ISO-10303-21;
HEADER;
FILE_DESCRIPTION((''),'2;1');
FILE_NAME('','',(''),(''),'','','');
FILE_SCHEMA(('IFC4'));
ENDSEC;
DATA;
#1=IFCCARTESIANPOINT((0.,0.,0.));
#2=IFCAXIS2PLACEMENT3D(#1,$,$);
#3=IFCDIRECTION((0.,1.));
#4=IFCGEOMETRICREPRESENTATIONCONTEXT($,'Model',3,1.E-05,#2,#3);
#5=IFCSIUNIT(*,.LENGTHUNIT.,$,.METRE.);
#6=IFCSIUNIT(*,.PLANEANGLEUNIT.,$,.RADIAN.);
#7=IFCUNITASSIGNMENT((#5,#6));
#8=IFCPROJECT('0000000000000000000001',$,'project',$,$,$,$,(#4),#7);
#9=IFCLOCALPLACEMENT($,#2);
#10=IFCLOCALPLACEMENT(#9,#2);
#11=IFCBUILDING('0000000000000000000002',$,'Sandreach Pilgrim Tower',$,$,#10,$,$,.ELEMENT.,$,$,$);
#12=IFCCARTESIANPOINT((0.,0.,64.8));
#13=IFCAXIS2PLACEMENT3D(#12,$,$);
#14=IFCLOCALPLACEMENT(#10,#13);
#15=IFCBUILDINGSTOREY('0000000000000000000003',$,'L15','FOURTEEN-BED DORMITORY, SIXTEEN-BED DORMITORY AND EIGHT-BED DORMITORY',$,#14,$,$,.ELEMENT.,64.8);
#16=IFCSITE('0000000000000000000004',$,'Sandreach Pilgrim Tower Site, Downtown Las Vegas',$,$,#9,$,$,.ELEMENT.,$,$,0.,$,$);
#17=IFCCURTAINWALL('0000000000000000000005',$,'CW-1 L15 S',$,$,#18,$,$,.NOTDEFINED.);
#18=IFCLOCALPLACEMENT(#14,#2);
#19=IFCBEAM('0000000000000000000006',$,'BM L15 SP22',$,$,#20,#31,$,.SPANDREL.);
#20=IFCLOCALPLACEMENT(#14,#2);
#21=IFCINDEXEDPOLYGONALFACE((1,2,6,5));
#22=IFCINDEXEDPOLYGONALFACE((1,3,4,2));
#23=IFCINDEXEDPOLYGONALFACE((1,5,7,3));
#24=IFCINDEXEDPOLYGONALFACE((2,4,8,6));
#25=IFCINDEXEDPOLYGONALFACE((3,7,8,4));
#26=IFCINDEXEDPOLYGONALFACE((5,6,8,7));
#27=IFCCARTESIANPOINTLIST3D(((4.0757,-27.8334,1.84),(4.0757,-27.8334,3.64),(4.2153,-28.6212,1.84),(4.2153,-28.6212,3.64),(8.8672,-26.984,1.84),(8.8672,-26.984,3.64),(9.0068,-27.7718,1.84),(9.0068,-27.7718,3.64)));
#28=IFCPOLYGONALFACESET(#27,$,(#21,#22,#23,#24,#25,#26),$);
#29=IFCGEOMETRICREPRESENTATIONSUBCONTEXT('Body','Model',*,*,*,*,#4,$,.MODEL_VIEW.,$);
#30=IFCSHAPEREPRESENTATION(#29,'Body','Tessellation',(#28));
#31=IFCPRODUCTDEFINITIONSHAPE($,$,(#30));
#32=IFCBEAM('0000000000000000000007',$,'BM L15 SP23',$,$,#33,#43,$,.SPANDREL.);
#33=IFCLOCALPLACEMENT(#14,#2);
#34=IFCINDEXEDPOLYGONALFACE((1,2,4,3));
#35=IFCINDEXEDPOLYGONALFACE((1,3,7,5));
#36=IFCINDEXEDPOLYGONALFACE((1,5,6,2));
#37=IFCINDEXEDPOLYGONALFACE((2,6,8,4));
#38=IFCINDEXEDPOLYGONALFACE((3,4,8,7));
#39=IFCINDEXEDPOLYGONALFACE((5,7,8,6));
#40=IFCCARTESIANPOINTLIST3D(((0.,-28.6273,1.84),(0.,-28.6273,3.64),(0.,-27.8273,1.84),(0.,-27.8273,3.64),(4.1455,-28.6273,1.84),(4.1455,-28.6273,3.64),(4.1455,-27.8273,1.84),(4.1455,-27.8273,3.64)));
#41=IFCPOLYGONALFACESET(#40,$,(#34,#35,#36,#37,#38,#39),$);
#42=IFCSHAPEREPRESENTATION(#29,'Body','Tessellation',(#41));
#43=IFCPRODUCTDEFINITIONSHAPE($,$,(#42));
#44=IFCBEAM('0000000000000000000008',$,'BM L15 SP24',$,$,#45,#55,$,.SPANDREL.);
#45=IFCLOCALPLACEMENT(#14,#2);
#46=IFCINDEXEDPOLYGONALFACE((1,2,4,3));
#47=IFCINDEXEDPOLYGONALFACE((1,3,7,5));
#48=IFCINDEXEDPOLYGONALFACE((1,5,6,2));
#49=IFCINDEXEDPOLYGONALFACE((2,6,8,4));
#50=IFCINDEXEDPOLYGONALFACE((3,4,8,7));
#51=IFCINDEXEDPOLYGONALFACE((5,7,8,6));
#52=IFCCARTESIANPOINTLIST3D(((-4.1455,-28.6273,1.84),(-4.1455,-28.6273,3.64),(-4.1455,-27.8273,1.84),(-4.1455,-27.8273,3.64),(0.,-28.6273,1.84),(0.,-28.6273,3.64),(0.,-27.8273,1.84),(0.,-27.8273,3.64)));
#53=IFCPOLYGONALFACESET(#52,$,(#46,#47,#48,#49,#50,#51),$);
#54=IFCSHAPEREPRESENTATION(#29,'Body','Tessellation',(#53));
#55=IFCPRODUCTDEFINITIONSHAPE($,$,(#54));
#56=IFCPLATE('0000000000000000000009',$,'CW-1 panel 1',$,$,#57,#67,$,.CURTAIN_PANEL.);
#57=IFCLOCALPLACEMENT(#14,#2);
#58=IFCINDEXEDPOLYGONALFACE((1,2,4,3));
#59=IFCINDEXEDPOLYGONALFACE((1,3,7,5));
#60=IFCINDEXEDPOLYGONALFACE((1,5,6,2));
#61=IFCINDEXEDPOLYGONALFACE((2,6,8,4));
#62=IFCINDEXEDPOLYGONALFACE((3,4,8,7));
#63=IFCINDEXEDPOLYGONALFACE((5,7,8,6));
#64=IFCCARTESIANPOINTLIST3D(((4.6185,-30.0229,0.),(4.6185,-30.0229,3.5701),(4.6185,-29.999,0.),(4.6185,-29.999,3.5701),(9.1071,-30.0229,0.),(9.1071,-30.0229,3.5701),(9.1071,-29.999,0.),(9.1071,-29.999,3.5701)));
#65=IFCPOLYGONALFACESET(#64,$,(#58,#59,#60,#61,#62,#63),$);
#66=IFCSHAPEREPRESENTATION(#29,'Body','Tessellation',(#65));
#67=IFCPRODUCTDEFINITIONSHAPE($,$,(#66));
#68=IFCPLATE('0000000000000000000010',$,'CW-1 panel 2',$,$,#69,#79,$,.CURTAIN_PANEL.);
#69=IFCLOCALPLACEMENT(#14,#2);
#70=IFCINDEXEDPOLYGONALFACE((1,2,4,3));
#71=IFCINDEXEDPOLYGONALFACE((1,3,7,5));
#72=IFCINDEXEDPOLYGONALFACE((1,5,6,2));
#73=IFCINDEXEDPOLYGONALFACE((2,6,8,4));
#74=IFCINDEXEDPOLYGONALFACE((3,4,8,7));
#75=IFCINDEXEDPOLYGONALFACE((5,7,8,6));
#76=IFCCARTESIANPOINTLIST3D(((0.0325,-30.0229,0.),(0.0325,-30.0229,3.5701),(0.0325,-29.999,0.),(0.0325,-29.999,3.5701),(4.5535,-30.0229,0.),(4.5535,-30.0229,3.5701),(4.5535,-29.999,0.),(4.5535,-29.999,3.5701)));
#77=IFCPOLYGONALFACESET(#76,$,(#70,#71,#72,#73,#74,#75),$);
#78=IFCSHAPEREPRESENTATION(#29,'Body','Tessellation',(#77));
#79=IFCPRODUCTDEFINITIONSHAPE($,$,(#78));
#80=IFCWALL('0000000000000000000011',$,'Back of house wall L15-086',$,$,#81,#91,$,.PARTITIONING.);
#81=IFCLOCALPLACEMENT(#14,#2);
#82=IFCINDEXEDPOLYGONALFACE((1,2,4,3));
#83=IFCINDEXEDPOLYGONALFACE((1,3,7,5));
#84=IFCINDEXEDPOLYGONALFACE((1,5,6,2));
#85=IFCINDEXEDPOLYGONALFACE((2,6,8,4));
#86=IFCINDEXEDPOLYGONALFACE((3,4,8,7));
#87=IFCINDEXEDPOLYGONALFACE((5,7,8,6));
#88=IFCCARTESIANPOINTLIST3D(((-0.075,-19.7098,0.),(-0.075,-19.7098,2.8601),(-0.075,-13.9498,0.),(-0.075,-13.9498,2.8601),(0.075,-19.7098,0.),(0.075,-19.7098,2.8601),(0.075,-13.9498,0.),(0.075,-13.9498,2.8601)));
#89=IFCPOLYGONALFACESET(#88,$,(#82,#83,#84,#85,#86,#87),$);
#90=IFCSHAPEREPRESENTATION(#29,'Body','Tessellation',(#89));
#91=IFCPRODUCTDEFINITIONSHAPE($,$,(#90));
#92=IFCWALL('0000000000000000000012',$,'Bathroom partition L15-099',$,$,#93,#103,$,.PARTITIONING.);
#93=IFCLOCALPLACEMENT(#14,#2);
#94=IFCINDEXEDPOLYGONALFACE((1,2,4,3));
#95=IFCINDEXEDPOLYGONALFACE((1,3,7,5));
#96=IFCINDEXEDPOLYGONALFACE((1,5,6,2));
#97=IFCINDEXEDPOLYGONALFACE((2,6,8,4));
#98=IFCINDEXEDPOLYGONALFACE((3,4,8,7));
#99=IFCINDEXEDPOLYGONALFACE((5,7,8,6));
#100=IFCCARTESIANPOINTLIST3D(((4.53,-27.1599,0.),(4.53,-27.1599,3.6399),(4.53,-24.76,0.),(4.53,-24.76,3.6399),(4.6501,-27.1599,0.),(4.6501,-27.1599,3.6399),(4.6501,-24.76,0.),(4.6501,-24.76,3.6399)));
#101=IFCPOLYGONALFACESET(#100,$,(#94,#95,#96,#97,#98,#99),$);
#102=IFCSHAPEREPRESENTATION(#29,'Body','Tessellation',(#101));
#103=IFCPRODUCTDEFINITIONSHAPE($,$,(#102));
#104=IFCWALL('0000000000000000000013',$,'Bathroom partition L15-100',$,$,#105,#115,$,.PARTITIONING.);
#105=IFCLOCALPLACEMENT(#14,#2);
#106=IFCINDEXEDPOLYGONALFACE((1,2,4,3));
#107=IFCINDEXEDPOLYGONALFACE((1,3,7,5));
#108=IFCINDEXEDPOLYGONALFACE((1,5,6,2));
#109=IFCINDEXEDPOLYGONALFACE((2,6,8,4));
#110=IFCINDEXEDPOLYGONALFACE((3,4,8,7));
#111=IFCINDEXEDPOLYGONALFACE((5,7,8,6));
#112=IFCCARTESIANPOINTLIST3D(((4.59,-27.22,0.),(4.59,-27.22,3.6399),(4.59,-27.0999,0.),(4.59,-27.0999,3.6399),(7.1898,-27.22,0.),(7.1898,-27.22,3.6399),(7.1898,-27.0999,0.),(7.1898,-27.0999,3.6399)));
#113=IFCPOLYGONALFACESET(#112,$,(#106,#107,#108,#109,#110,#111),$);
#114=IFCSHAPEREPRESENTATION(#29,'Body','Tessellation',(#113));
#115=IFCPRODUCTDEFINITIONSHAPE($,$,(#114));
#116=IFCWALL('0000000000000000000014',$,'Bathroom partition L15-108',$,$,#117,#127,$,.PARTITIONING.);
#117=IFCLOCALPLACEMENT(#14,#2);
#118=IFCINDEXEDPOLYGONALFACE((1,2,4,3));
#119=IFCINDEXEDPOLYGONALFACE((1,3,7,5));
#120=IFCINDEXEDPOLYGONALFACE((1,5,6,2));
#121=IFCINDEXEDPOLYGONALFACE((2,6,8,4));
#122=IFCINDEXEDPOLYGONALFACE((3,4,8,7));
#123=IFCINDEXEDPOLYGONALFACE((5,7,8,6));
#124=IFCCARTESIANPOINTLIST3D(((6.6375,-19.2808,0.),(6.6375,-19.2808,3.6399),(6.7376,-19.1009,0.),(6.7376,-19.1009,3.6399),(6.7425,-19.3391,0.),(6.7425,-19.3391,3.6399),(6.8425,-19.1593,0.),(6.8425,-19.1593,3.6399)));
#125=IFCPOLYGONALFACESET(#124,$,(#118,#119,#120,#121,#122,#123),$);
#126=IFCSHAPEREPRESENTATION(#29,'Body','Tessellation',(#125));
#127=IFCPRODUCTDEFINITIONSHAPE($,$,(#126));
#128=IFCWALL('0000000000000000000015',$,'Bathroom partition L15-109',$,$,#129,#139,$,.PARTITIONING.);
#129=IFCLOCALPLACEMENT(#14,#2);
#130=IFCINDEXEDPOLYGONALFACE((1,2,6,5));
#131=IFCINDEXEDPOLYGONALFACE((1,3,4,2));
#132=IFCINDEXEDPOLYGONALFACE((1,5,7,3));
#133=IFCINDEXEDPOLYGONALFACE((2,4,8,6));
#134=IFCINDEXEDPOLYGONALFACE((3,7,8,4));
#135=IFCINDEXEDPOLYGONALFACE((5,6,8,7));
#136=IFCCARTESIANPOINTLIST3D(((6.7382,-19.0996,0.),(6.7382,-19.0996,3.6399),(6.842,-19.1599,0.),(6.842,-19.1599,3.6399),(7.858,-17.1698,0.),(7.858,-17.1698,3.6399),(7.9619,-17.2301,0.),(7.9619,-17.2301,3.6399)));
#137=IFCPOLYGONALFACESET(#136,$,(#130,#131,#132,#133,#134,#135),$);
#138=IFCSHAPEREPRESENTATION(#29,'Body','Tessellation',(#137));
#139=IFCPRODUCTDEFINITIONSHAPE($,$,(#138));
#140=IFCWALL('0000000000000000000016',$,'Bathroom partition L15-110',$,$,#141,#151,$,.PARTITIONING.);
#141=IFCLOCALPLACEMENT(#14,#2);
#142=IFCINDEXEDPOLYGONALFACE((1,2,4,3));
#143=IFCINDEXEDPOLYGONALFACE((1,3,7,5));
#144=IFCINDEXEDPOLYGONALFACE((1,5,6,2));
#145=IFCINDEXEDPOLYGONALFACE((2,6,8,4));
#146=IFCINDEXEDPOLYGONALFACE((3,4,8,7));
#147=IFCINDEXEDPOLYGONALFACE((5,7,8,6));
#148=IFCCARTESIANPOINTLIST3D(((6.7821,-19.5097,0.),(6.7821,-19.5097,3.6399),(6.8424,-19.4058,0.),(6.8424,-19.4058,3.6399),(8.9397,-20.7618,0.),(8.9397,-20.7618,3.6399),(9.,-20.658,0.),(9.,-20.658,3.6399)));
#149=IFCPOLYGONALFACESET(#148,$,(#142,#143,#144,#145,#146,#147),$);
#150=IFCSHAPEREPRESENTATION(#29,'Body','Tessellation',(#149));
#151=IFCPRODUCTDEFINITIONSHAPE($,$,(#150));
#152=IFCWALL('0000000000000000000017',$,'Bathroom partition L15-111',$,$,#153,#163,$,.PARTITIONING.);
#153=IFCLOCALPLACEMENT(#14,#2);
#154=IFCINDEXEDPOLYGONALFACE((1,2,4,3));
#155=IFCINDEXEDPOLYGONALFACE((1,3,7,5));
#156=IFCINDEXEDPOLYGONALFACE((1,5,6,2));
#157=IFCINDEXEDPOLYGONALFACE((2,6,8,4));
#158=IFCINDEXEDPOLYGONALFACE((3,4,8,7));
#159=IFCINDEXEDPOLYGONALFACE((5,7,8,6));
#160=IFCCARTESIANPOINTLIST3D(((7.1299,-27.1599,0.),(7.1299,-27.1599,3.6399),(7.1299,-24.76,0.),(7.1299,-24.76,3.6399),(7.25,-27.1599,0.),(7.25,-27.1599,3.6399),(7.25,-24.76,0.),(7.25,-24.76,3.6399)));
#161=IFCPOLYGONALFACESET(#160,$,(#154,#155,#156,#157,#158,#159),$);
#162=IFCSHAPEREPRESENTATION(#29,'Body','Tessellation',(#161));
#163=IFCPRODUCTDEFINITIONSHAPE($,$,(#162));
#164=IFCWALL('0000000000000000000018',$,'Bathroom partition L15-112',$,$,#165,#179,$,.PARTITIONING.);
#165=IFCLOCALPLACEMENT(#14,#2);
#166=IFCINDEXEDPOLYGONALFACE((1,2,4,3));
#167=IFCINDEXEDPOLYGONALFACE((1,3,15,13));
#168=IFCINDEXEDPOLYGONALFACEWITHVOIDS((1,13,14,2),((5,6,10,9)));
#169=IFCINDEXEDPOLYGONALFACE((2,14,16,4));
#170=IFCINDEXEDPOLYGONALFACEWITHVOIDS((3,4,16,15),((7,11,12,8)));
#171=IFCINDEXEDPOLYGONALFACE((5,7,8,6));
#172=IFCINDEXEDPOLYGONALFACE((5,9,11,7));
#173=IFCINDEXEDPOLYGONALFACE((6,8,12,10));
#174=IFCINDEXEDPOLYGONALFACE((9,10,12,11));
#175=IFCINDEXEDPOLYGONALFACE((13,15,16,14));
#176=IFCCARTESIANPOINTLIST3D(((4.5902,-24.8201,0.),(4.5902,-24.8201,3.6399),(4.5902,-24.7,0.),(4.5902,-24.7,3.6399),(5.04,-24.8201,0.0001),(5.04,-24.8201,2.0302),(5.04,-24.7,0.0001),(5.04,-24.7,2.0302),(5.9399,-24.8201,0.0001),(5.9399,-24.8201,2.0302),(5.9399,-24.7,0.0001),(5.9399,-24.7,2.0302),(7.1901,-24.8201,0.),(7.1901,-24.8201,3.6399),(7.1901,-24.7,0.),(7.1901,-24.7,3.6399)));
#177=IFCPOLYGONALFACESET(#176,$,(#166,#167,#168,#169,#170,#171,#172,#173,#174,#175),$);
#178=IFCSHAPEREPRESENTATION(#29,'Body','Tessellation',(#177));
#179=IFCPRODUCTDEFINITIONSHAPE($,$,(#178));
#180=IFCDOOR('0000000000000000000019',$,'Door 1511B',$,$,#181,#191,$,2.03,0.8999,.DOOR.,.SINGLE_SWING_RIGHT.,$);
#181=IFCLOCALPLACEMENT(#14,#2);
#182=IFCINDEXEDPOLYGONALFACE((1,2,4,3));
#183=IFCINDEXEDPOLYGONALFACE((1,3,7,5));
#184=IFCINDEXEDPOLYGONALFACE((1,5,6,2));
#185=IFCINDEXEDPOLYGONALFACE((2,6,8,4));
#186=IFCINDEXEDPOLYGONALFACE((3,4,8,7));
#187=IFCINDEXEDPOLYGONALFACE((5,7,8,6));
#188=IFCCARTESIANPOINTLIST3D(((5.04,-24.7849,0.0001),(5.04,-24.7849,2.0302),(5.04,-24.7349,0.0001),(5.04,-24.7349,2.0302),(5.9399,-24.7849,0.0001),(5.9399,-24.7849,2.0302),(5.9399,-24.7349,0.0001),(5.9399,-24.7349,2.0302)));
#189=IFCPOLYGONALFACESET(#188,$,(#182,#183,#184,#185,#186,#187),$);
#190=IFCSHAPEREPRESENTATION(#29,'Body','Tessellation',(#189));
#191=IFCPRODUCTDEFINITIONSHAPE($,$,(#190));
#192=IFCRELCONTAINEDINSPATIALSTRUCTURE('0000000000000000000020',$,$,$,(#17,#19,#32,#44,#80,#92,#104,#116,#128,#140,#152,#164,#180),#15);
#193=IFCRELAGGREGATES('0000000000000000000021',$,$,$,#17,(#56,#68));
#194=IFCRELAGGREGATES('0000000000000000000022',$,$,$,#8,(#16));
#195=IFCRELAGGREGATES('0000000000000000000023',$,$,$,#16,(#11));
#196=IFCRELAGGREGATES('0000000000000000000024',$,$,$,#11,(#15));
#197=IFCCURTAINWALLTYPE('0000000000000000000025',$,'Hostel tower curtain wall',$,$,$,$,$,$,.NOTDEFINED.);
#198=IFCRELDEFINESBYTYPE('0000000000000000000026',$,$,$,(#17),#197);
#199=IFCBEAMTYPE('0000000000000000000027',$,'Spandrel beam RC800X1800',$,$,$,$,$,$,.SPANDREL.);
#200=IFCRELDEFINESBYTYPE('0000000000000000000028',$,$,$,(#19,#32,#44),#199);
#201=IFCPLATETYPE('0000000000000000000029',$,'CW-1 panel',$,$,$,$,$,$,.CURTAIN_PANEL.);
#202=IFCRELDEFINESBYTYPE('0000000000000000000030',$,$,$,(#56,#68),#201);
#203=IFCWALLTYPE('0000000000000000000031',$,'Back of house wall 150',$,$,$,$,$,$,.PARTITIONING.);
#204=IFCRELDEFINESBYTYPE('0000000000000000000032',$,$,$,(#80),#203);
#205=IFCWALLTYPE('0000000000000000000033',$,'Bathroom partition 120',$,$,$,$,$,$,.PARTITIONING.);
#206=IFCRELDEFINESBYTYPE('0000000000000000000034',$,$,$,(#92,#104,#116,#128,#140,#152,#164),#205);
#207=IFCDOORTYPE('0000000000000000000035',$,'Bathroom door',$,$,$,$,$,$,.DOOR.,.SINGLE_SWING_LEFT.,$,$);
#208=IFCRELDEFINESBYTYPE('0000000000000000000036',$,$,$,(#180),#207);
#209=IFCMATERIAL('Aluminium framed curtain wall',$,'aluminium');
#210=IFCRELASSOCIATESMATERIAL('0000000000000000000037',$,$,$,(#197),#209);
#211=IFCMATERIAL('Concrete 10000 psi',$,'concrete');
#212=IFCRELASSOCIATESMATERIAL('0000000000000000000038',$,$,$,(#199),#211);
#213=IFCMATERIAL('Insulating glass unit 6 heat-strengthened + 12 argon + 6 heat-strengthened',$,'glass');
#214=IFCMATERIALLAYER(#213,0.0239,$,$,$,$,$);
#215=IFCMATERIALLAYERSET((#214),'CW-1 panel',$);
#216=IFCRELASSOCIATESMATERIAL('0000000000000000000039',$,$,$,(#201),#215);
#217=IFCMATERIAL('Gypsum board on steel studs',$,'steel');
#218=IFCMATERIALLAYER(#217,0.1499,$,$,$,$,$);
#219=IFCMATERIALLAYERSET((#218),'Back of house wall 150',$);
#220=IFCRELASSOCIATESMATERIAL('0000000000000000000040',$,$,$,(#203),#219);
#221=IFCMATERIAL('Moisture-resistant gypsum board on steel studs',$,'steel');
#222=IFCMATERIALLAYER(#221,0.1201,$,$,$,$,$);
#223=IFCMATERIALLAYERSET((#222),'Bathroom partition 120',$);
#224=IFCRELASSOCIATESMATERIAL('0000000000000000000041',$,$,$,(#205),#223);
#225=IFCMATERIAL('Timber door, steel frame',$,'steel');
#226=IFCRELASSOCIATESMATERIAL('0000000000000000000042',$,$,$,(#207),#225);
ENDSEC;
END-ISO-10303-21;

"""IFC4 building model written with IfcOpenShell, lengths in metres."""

from ifc_helpers import new_model, si_unit, direction, frame, frame_2d, origin, origin_2d, place, context, subcontext, project, spatial, rectangle, extrude, material, layer, layer_set, material_profile, profile_set, type_object, element, fill, aggregate, save


model = new_model("IFC4")

# Units and contexts
model_context = context("Model", 3, precision=1e-05, world=origin(), true_north=direction((0.0, 1.0)))
body_context = subcontext(model_context, "Body", "Model", "MODEL_VIEW")
ifc_project = project(units=[si_unit("LENGTHUNIT", "METRE"), si_unit("PLANEANGLEUNIT", "RADIAN")], contexts=[model_context])

# Site, building, storey
site_placement = place(None, origin())
site = spatial("IfcSite", under=ifc_project, at=site_placement, Name="Sandreach Pilgrim Tower Site, Downtown Las Vegas", CompositionType="ELEMENT", RefElevation=0.0)
building_placement = place(site_placement, origin())
building = spatial("IfcBuilding", under=site, at=building_placement, Name="Sandreach Pilgrim Tower", CompositionType="ELEMENT")
storey_placement = place(building_placement, frame((0.0, 0.0, 64.8)))
storey = spatial("IfcBuildingStorey", under=building, at=storey_placement, Name="L15", Description="FOURTEEN-BED DORMITORY, SIXTEEN-BED DORMITORY AND EIGHT-BED DORMITORY", CompositionType="ELEMENT", Elevation=64.8)

# Curtain wall
ifc_material_1 = material(Name="Aluminium framed curtain wall", Category="aluminium")
curtain_wall_type = type_object("IfcCurtainWallType", Name="Hostel tower curtain wall", PredefinedType="NOTDEFINED", material=ifc_material_1)
curtain_wall_placement = place(storey_placement, origin())
curtain_wall = element("IfcCurtainWall", 1, at=curtain_wall_placement, inside=storey, type_object=curtain_wall_type, Name="CW-1 L15 S", PredefinedType="NOTDEFINED")

# Beams
ifc_material_2 = material(Name="Concrete 10000 psi", Category="concrete")
ifc_material_profile_1 = material_profile(ifc_material_2, rectangle(XDim=0.8, YDim=1.8, at=origin_2d()), Name="RC800X1800")
ifc_profile_set_1 = profile_set([ifc_material_profile_1], Name="Concrete 10000 psi")
beam_type_1 = type_object("IfcBeamType", Name="Spandrel beam RC800X1800", PredefinedType="SPANDREL", material=ifc_profile_set_1)
beam_1_placement = place(storey_placement, frame((8.937, -27.3779, 2.74), z_axis=(-0.984649, -0.174544, 0.0), x_axis=(0.174544, -0.984649, 0.0)))
element("IfcBeam", 2, at=beam_1_placement, inside=storey, type_object=beam_type_1, Name="BM L15 SP22", PredefinedType="SPANDREL", context=body_context, shape_type="SweptSolid", body=[
    extrude(rectangle(XDim=0.8, YDim=1.8, at=origin_2d()), origin(), (0.0, 0.0, 1.0), 4.8662),
])
for number, where, z_axis, x_axis, name in (
    (3, (4.1455, -28.2273, 2.74), (-1.0, 0.0, 0.0), (0.0, -1.0, 0.0), "BM L15 SP23"),
    (4, (0.0, -28.2273, 2.74), (-1.0, 0.0, 0.0), (0.0, -1.0, 0.0), "BM L15 SP24"),
):
    element("IfcBeam", number, at=place(storey_placement, frame(where, z_axis=z_axis, x_axis=x_axis)), inside=storey, type_object=beam_type_1, Name=name, PredefinedType="SPANDREL", context=body_context, shape_type="SweptSolid", body=[
        extrude(rectangle(XDim=0.8, YDim=1.8, at=origin_2d()), origin(), (0.0, 0.0, 1.0), 4.1455),
    ])

# Plates
ifc_material_3 = material(Name="Insulating glass unit 6 heat-strengthened + 12 argon + 6 heat-strengthened", Category="glass")
ifc_layer_1 = layer(ifc_material_3, 0.0239)
ifc_layer_set_1 = layer_set([ifc_layer_1], Name="CW-1 panel")
plate_type = type_object("IfcPlateType", Name="CW-1 panel", PredefinedType="CURTAIN_PANEL", material=ifc_layer_set_1)
plate_1_placement = place(storey_placement, frame((6.8628, -30.011, 0.0), z_axis=(0.0, 0.0, 1.0), x_axis=(-1.0, 0.0, 0.0)))
plate_1 = element("IfcPlate", 5, at=plate_1_placement, type_object=plate_type, Name="CW-1 panel 1", PredefinedType="CURTAIN_PANEL", context=body_context, shape_type="SweptSolid", body=[
    extrude(rectangle(XDim=4.4885, YDim=0.0239, at=origin_2d()), origin(), (0.0, 0.0, 1.0), 3.5701),
])
plate_2_placement = place(storey_placement, frame((2.293, -30.011, 0.0), z_axis=(0.0, 0.0, 1.0), x_axis=(-1.0, 0.0, 0.0)))
plate_2 = element("IfcPlate", 6, at=plate_2_placement, type_object=plate_type, Name="CW-1 panel 2", PredefinedType="CURTAIN_PANEL", context=body_context, shape_type="SweptSolid", body=[
    extrude(rectangle(XDim=4.521, YDim=0.0239, at=origin_2d()), origin(), (0.0, 0.0, 1.0), 3.5701),
])
aggregate(curtain_wall, [plate_1, plate_2])

# Walls
ifc_material_4 = material(Name="Gypsum board on steel studs", Category="steel")
ifc_layer_2 = layer(ifc_material_4, 0.1499)
ifc_layer_set_2 = layer_set([ifc_layer_2], Name="Back of house wall 150")
wall_type_1 = type_object("IfcWallType", Name="Back of house wall 150", PredefinedType="PARTITIONING", material=ifc_layer_set_2)
wall_1_placement = place(storey_placement, frame((0.0, -13.95, 0.0), z_axis=(0.0, 0.0, 1.0), x_axis=(0.0, -1.0, 0.0)))
element("IfcWall", 7, at=wall_1_placement, inside=storey, type_object=wall_type_1, Name="Back of house wall L15-086", PredefinedType="PARTITIONING", context=body_context, shape_type="SweptSolid", body=[
    extrude(rectangle(XDim=5.76, YDim=0.1499, at=frame_2d((2.8799, 0.0))), origin(), (0.0, 0.0, 1.0), 2.8601),
])
ifc_material_5 = material(Name="Moisture-resistant gypsum board on steel studs", Category="steel")
ifc_layer_3 = layer(ifc_material_5, 0.1201)
ifc_layer_set_3 = layer_set([ifc_layer_3], Name="Bathroom partition 120")
wall_type_2 = type_object("IfcWallType", Name="Bathroom partition 120", PredefinedType="PARTITIONING", material=ifc_layer_set_3)
wall_2_placement = place(storey_placement, frame((4.5901, -27.1599, 0.0), z_axis=(0.0, 0.0, 1.0), x_axis=(0.0, 1.0, 0.0)))
element("IfcWall", 8, at=wall_2_placement, inside=storey, type_object=wall_type_2, Name="Bathroom partition L15-099", PredefinedType="PARTITIONING", context=body_context, shape_type="SweptSolid", body=[
    extrude(rectangle(XDim=2.3999, YDim=0.1201, at=frame_2d((1.2, 0.0))), origin(), (0.0, 0.0, 1.0), 3.6399),
])
wall_3_placement = place(storey_placement, frame((4.5901, -27.1599, 0.0), z_axis=(0.0, 0.0, 1.0), x_axis=(1.0, 0.0, 0.0)))
element("IfcWall", 9, at=wall_3_placement, inside=storey, type_object=wall_type_2, Name="Bathroom partition L15-100", PredefinedType="PARTITIONING", context=body_context, shape_type="SweptSolid", body=[
    extrude(rectangle(XDim=2.5999, YDim=0.1201, at=frame_2d((1.2998, 0.0))), origin(), (0.0, 0.0, 1.0), 3.6399),
])
wall_4_placement = place(storey_placement, frame((6.6899, -19.3101, 0.0), z_axis=(0.0, 0.0, 1.0), x_axis=(0.486146, 0.873877, 0.0)))
element("IfcWall", 10, at=wall_4_placement, inside=storey, type_object=wall_type_2, Name="Bathroom partition L15-108", PredefinedType="PARTITIONING", context=body_context, shape_type="SweptSolid", body=[
    extrude(rectangle(XDim=0.2058, YDim=0.1201, at=frame_2d((0.103, 0.0))), origin(), (0.0, 0.0, 1.0), 3.6399),
])
wall_5_placement = place(storey_placement, frame((6.79, -19.1299, 0.0), z_axis=(0.0, 0.0, 1.0), x_axis=(0.50189, 0.864931, 0.0)))
element("IfcWall", 11, at=wall_5_placement, inside=storey, type_object=wall_type_2, Name="Bathroom partition L15-109", PredefinedType="PARTITIONING", context=body_context, shape_type="SweptSolid", body=[
    extrude(rectangle(XDim=2.2312, YDim=0.1201, at=frame_2d((1.1157, 0.0))), origin(), (0.0, 0.0, 1.0), 3.6399),
])
wall_6_placement = place(storey_placement, frame((6.8123, -19.4578, 0.0), z_axis=(0.0, 0.0, 1.0), x_axis=(0.864905, -0.501935, 0.0)))
element("IfcWall", 12, at=wall_6_placement, inside=storey, type_object=wall_type_2, Name="Bathroom partition L15-110", PredefinedType="PARTITIONING", context=body_context, shape_type="SweptSolid", body=[
    extrude(rectangle(XDim=2.4946, YDim=0.1201, at=frame_2d((1.2473, 0.0))), origin(), (0.0, 0.0, 1.0), 3.6399),
])
wall_7_placement = place(storey_placement, frame((7.1899, -27.1599, 0.0), z_axis=(0.0, 0.0, 1.0), x_axis=(0.0, 1.0, 0.0)))
element("IfcWall", 13, at=wall_7_placement, inside=storey, type_object=wall_type_2, Name="Bathroom partition L15-111", PredefinedType="PARTITIONING", context=body_context, shape_type="SweptSolid", body=[
    extrude(rectangle(XDim=2.3999, YDim=0.1201, at=frame_2d((1.2, 0.0))), origin(), (0.0, 0.0, 1.0), 3.6399),
])

# Wall, opening, door
wall_8_placement = place(storey_placement, frame((7.1899, -24.76, 0.0), z_axis=(0.0, 0.0, 1.0), x_axis=(-1.0, 0.0, 0.0)))
wall_8 = element("IfcWall", 14, at=wall_8_placement, inside=storey, type_object=wall_type_2, Name="Bathroom partition L15-112", PredefinedType="PARTITIONING", context=body_context, shape_type="SweptSolid", body=[
    extrude(rectangle(XDim=2.5999, YDim=0.1201, at=frame_2d((1.2998, 0.0))), origin(), (0.0, 0.0, 1.0), 3.6399),
])
opening_1_placement = place(wall_8_placement, frame((1.25, 0.0, 0.0)))
opening_1 = element("IfcOpeningElement", 15, at=opening_1_placement, cuts=wall_8, PredefinedType="OPENING", context=body_context, shape_type="SweptSolid", body=[
    extrude(rectangle(XDim=0.8999, YDim=2.03, at=frame_2d((0.45, 1.0151))), frame((0.0, 0.0601, 0.0), z_axis=(0.0, -1.0, 0.0), x_axis=(1.0, 0.0, 0.0)), (0.0, 0.0, 1.0), 0.1201),
])
ifc_material_6 = material(Name="Timber door, steel frame", Category="steel")
door_type_1 = type_object("IfcDoorType", Name="Bathroom door", OperationType="SINGLE_SWING_LEFT", PredefinedType="DOOR", material=ifc_material_6)
door_1_placement = place(opening_1_placement, origin())
door_1 = element("IfcDoor", 16, at=door_1_placement, inside=storey, type_object=door_type_1, Name="Door 1511B", OperationType="SINGLE_SWING_RIGHT", OverallHeight=2.03, OverallWidth=0.8999, PredefinedType="DOOR", context=body_context, shape_type="SweptSolid", body=[
    extrude(rectangle(XDim=0.8999, YDim=2.03, at=frame_2d((0.45, 1.0151))), frame((0.0, 0.0249, 0.0), z_axis=(0.0, -1.0, 0.0), x_axis=(1.0, 0.0, 0.0)), (0.0, 0.0, 1.0), 0.05),
])
fill(opening_1, door_1)

save(model, "model.ifc")
